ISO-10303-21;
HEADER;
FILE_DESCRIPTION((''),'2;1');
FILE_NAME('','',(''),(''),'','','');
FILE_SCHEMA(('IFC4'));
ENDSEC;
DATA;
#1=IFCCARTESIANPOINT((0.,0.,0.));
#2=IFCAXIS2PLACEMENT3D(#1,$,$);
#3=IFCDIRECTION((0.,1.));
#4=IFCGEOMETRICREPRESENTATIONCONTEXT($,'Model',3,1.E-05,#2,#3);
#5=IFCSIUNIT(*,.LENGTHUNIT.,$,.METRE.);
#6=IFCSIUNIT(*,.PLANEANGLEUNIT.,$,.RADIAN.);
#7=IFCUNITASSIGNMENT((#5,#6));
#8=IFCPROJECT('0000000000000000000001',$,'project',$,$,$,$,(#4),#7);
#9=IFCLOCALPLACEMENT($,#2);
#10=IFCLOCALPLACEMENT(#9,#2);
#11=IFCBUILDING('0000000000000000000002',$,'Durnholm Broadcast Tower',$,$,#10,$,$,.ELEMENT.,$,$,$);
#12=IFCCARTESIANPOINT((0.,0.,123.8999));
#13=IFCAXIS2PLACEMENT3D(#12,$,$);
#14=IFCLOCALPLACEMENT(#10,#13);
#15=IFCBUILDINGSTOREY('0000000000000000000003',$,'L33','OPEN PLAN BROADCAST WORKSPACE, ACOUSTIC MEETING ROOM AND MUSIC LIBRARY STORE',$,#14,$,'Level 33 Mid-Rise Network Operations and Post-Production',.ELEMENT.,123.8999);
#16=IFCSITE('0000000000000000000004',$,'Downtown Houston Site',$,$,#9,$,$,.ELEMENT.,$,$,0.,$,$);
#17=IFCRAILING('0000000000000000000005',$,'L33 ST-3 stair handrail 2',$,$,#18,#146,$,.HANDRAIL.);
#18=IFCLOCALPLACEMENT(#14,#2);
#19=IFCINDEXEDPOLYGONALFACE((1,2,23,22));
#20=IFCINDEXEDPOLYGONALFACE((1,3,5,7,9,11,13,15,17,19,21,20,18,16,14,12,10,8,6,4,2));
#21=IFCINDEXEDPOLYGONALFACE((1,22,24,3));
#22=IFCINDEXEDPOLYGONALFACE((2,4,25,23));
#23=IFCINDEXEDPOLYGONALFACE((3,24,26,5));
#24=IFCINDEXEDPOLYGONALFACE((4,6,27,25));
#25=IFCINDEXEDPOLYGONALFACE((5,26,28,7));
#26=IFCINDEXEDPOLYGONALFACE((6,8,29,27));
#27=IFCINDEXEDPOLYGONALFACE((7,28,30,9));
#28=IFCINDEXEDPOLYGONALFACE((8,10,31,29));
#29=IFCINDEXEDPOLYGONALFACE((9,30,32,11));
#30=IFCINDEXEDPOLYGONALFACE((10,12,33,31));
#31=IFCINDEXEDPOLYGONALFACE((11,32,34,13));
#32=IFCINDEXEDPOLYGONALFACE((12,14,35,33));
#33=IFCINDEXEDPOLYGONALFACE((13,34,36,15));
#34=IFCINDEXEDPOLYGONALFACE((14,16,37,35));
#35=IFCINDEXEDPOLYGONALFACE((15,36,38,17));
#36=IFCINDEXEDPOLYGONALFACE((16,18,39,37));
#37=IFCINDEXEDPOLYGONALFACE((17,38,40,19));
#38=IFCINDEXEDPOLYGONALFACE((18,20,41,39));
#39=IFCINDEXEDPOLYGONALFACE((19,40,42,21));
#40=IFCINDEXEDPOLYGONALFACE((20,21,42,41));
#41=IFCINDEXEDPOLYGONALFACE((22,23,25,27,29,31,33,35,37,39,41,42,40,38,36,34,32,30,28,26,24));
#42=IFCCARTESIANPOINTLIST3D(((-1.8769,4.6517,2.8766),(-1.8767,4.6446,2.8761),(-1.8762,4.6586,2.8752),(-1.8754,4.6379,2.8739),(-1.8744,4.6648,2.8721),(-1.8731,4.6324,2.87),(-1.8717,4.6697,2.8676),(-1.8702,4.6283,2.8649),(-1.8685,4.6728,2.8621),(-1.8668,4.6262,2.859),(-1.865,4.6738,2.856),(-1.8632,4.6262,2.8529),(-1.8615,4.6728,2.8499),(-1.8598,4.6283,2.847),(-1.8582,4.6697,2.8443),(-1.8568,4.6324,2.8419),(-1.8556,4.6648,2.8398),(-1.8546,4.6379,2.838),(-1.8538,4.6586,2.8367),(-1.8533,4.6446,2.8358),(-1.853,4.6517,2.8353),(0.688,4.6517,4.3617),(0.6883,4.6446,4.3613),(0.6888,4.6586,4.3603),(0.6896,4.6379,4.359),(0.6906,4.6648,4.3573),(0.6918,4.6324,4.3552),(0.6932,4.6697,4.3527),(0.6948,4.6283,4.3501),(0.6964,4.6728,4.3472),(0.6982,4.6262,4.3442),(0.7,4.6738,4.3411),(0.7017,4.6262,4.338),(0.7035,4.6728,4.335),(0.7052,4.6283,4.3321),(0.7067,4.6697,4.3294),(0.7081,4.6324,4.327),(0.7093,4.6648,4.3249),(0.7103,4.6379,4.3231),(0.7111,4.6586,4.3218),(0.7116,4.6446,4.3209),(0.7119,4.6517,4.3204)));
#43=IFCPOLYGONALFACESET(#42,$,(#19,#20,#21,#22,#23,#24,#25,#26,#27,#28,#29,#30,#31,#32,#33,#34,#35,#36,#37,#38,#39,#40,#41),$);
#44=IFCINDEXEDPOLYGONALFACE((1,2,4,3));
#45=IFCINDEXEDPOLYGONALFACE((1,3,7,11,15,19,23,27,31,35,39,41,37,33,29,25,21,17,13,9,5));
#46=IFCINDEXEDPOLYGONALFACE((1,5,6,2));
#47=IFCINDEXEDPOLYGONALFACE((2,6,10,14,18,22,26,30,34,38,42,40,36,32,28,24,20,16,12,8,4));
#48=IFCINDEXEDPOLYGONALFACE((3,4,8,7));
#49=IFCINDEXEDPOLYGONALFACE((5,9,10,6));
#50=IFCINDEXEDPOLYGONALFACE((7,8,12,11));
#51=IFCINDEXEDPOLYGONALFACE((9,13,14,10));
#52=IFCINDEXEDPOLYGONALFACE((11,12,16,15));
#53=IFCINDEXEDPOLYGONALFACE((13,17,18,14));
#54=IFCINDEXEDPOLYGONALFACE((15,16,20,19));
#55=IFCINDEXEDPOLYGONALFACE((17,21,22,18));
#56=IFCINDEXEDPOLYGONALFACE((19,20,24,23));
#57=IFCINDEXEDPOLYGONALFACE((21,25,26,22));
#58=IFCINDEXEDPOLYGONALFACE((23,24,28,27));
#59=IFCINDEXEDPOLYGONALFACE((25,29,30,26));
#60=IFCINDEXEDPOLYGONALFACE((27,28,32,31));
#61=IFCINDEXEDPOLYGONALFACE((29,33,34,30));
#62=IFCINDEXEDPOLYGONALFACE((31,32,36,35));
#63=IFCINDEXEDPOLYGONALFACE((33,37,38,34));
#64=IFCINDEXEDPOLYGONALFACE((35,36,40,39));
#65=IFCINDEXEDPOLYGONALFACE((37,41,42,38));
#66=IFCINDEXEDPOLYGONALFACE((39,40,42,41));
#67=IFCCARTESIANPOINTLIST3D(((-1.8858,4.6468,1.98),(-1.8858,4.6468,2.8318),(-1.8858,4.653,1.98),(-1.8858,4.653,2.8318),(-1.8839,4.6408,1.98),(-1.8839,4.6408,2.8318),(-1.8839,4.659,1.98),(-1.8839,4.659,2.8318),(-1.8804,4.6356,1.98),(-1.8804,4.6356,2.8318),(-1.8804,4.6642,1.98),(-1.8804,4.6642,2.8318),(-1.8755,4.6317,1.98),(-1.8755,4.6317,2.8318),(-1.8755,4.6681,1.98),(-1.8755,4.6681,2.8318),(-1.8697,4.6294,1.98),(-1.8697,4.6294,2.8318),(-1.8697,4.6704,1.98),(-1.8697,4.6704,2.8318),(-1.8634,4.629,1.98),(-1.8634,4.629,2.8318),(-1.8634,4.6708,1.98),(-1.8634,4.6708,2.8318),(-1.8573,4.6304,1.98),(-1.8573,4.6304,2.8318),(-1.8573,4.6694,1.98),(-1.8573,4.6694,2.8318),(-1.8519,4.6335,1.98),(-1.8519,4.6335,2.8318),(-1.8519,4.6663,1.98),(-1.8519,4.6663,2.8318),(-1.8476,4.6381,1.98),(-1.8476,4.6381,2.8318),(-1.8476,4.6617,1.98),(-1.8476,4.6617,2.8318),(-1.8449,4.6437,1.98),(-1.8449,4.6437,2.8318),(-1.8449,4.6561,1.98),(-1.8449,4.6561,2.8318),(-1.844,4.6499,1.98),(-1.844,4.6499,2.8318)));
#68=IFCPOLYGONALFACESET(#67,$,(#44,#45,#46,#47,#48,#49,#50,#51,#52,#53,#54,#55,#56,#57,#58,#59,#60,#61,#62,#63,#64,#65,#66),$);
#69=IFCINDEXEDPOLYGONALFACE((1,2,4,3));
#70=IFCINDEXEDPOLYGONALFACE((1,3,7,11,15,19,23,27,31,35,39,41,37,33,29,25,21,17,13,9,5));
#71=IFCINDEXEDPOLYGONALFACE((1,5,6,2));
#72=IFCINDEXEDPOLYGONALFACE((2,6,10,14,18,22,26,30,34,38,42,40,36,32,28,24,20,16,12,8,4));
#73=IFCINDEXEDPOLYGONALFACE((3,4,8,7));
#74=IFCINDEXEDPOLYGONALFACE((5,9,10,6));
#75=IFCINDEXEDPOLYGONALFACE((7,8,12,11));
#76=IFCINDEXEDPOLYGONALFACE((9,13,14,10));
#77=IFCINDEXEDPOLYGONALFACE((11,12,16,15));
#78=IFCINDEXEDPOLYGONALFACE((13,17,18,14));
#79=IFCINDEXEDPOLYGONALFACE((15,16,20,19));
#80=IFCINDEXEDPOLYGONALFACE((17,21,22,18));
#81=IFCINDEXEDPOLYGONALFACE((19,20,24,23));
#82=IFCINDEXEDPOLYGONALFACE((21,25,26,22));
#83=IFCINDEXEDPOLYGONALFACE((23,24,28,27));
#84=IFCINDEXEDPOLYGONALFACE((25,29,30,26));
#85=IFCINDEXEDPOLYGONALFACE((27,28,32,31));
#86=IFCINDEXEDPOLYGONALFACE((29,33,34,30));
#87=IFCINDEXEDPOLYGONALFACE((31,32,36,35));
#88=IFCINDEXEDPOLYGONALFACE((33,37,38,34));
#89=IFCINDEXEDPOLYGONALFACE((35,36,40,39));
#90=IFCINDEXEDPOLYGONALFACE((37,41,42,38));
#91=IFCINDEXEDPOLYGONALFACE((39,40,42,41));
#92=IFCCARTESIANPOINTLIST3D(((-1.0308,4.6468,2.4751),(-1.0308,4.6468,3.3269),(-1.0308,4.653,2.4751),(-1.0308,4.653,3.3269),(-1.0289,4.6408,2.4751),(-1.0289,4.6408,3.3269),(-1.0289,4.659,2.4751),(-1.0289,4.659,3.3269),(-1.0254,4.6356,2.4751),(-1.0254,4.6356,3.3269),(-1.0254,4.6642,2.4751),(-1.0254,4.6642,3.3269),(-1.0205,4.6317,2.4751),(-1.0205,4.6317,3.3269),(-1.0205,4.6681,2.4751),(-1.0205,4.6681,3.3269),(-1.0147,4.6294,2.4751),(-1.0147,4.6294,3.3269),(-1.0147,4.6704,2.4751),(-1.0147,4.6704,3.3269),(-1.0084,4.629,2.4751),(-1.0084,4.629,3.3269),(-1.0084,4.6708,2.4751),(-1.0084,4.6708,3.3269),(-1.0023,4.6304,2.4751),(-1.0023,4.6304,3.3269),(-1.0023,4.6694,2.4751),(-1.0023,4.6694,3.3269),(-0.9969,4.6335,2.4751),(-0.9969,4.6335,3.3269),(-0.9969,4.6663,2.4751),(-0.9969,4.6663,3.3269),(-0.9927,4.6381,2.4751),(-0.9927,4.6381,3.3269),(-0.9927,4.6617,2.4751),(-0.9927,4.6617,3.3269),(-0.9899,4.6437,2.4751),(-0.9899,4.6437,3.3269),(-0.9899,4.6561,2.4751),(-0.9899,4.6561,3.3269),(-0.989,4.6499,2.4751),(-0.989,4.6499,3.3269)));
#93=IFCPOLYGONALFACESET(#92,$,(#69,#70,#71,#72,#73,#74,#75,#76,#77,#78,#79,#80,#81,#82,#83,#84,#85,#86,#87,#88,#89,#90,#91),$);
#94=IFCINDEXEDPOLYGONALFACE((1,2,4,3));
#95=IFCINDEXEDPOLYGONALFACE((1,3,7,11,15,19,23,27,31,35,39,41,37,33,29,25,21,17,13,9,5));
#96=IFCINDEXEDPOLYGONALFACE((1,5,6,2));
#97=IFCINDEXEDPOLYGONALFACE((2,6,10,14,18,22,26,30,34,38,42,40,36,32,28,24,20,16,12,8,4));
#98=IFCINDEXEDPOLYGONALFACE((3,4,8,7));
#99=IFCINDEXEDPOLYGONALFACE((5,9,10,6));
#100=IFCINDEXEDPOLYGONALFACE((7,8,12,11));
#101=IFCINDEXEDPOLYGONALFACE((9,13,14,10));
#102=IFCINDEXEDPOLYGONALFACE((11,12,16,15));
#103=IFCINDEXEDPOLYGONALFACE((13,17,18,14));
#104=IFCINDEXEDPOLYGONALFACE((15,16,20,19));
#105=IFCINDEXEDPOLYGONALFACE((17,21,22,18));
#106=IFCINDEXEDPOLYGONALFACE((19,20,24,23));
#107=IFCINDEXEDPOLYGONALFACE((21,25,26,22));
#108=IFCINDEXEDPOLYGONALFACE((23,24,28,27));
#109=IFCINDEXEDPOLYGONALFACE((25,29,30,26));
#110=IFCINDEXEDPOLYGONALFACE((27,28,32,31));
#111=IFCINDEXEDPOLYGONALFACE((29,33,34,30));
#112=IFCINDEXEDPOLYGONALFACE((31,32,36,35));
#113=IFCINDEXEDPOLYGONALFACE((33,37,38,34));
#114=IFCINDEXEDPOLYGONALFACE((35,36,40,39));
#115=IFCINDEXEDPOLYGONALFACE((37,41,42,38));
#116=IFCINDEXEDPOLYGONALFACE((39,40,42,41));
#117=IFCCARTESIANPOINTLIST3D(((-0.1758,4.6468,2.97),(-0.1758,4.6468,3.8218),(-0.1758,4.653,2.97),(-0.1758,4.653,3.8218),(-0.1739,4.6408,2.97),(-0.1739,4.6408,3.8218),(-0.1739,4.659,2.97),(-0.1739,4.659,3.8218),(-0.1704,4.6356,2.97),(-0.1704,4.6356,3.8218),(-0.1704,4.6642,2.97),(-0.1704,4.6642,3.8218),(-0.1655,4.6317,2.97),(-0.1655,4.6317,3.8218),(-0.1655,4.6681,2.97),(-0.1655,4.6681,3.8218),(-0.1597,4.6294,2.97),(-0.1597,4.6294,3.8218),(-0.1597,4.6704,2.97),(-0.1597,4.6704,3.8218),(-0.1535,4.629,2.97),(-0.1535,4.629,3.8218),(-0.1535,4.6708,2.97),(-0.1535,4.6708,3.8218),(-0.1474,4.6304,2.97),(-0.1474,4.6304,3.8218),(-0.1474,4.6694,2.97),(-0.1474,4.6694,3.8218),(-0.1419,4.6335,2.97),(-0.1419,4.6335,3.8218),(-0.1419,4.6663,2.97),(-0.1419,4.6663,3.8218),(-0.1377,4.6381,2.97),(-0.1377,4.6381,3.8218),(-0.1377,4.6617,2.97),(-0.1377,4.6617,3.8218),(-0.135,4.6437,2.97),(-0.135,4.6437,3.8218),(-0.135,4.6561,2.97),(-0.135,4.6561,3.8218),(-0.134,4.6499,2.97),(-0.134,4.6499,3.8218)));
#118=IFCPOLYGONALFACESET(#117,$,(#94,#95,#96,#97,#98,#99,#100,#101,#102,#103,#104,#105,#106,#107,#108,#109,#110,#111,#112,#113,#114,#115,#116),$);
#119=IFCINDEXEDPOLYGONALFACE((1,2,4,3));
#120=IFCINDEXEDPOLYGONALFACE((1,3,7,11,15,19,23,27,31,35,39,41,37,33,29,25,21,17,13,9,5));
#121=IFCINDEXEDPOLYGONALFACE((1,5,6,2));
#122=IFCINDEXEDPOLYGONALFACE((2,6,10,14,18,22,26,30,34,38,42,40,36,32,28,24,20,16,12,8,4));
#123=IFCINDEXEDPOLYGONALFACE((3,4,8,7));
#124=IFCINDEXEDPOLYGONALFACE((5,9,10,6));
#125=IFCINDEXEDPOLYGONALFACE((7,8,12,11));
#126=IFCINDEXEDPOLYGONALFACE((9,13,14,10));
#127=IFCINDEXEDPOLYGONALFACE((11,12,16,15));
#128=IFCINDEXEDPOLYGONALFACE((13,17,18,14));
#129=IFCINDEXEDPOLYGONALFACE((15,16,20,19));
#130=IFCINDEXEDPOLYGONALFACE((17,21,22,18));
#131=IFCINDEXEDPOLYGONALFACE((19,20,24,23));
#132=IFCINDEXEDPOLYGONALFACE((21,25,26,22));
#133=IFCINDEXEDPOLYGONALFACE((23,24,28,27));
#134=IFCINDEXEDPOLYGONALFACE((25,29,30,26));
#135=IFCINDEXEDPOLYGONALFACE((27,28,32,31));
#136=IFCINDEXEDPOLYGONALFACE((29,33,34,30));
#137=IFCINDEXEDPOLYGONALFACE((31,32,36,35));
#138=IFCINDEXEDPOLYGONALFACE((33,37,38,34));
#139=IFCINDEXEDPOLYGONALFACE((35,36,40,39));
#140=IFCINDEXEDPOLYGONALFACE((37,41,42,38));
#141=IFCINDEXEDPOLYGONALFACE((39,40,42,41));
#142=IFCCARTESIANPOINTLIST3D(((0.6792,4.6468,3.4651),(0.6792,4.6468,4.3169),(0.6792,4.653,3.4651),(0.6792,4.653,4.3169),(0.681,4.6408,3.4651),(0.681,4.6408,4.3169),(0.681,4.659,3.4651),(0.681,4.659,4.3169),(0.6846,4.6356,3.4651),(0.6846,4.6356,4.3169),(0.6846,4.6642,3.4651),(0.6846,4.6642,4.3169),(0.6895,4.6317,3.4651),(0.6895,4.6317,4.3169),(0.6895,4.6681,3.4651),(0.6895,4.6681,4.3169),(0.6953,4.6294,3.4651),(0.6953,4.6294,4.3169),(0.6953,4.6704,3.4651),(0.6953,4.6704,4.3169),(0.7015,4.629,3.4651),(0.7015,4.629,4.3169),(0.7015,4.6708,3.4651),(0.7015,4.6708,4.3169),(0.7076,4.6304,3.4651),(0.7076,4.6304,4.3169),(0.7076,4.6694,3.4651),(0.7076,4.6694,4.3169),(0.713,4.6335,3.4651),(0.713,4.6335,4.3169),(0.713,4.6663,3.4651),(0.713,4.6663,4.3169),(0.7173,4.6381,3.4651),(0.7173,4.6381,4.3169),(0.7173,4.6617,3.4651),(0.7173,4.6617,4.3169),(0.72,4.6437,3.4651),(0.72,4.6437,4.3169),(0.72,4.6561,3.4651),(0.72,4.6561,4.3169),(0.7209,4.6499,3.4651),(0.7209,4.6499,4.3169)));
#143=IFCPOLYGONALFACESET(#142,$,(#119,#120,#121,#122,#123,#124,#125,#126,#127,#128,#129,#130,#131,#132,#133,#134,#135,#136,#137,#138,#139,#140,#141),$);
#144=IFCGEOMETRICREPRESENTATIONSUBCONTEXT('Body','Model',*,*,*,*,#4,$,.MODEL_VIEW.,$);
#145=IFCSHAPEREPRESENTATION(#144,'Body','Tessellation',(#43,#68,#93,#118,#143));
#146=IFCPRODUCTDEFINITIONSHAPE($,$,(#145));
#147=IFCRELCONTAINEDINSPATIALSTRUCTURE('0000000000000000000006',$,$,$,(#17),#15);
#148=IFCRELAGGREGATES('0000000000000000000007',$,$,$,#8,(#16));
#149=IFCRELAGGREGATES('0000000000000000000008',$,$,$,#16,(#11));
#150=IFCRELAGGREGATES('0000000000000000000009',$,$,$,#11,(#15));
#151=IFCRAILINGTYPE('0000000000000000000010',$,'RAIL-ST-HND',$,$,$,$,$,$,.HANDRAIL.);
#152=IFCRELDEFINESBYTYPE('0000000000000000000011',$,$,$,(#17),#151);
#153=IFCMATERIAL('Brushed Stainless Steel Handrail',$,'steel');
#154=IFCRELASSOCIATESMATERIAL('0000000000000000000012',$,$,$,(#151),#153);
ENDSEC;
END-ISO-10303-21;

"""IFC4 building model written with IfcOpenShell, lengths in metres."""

from ifc_helpers import new_model, si_unit, direction, frame, origin, origin_2d, place, context, subcontext, project, spatial, circle, extrude, material, type_object, element, save


model = new_model("IFC4")

# Units and contexts
model_context = context("Model", 3, precision=1e-05, world=origin(), true_north=direction((0.0, 1.0)))
body_context = subcontext(model_context, "Body", "Model", "MODEL_VIEW")
ifc_project = project(units=[si_unit("LENGTHUNIT", "METRE"), si_unit("PLANEANGLEUNIT", "RADIAN")], contexts=[model_context])

# Site, building, storey
site_placement = place(None, origin())
site = spatial("IfcSite", under=ifc_project, at=site_placement, Name="Downtown Houston Site", CompositionType="ELEMENT", RefElevation=0.0)
building_placement = place(site_placement, origin())
building = spatial("IfcBuilding", under=site, at=building_placement, Name="Durnholm Broadcast Tower", CompositionType="ELEMENT")
storey_placement = place(building_placement, frame((0.0, 0.0, 123.8999)))
storey = spatial("IfcBuildingStorey", under=building, at=storey_placement, Name="L33", Description="OPEN PLAN BROADCAST WORKSPACE, ACOUSTIC MEETING ROOM AND MUSIC LIBRARY STORE", LongName="Level 33 Mid-Rise Network Operations and Post-Production", CompositionType="ELEMENT", Elevation=123.8999)

# Railing
ifc_material_1 = material(Name="Brushed Stainless Steel Handrail", Category="steel")
railing_type_1 = type_object("IfcRailingType", Name="RAIL-ST-HND", PredefinedType="HANDRAIL", material=ifc_material_1)
railing_1_placement = place(storey_placement, frame((-1.865, 4.6499, 1.98)))
element("IfcRailing", 1, at=railing_1_placement, inside=storey, type_object=railing_type_1, Name="L33 ST-3 stair handrail 2", PredefinedType="HANDRAIL", context=body_context, shape_type="SweptSolid", body=[
    extrude(circle(Radius=0.0239, at=origin_2d()), frame((0.0, 0.0, 0.876), z_axis=(0.865406, 0.0, 0.501072), x_axis=(0.0, 1.0, 0.0)), (0.0, 0.0, 1.0), 2.9639),
    extrude(circle(Radius=0.021, at=origin_2d()), origin(), (0.0, 0.0, 1.0), 0.8518),
    extrude(circle(Radius=0.021, at=origin_2d()), frame((0.855, 0.0, 0.4951)), (0.0, 0.0, 1.0), 0.8518),
    extrude(circle(Radius=0.021, at=origin_2d()), frame((1.71, 0.0, 0.99)), (0.0, 0.0, 1.0), 0.8518),
    extrude(circle(Radius=0.021, at=origin_2d()), frame((2.5649, 0.0, 1.4851)), (0.0, 0.0, 1.0), 0.8518),
])

save(model, "model.ifc")
